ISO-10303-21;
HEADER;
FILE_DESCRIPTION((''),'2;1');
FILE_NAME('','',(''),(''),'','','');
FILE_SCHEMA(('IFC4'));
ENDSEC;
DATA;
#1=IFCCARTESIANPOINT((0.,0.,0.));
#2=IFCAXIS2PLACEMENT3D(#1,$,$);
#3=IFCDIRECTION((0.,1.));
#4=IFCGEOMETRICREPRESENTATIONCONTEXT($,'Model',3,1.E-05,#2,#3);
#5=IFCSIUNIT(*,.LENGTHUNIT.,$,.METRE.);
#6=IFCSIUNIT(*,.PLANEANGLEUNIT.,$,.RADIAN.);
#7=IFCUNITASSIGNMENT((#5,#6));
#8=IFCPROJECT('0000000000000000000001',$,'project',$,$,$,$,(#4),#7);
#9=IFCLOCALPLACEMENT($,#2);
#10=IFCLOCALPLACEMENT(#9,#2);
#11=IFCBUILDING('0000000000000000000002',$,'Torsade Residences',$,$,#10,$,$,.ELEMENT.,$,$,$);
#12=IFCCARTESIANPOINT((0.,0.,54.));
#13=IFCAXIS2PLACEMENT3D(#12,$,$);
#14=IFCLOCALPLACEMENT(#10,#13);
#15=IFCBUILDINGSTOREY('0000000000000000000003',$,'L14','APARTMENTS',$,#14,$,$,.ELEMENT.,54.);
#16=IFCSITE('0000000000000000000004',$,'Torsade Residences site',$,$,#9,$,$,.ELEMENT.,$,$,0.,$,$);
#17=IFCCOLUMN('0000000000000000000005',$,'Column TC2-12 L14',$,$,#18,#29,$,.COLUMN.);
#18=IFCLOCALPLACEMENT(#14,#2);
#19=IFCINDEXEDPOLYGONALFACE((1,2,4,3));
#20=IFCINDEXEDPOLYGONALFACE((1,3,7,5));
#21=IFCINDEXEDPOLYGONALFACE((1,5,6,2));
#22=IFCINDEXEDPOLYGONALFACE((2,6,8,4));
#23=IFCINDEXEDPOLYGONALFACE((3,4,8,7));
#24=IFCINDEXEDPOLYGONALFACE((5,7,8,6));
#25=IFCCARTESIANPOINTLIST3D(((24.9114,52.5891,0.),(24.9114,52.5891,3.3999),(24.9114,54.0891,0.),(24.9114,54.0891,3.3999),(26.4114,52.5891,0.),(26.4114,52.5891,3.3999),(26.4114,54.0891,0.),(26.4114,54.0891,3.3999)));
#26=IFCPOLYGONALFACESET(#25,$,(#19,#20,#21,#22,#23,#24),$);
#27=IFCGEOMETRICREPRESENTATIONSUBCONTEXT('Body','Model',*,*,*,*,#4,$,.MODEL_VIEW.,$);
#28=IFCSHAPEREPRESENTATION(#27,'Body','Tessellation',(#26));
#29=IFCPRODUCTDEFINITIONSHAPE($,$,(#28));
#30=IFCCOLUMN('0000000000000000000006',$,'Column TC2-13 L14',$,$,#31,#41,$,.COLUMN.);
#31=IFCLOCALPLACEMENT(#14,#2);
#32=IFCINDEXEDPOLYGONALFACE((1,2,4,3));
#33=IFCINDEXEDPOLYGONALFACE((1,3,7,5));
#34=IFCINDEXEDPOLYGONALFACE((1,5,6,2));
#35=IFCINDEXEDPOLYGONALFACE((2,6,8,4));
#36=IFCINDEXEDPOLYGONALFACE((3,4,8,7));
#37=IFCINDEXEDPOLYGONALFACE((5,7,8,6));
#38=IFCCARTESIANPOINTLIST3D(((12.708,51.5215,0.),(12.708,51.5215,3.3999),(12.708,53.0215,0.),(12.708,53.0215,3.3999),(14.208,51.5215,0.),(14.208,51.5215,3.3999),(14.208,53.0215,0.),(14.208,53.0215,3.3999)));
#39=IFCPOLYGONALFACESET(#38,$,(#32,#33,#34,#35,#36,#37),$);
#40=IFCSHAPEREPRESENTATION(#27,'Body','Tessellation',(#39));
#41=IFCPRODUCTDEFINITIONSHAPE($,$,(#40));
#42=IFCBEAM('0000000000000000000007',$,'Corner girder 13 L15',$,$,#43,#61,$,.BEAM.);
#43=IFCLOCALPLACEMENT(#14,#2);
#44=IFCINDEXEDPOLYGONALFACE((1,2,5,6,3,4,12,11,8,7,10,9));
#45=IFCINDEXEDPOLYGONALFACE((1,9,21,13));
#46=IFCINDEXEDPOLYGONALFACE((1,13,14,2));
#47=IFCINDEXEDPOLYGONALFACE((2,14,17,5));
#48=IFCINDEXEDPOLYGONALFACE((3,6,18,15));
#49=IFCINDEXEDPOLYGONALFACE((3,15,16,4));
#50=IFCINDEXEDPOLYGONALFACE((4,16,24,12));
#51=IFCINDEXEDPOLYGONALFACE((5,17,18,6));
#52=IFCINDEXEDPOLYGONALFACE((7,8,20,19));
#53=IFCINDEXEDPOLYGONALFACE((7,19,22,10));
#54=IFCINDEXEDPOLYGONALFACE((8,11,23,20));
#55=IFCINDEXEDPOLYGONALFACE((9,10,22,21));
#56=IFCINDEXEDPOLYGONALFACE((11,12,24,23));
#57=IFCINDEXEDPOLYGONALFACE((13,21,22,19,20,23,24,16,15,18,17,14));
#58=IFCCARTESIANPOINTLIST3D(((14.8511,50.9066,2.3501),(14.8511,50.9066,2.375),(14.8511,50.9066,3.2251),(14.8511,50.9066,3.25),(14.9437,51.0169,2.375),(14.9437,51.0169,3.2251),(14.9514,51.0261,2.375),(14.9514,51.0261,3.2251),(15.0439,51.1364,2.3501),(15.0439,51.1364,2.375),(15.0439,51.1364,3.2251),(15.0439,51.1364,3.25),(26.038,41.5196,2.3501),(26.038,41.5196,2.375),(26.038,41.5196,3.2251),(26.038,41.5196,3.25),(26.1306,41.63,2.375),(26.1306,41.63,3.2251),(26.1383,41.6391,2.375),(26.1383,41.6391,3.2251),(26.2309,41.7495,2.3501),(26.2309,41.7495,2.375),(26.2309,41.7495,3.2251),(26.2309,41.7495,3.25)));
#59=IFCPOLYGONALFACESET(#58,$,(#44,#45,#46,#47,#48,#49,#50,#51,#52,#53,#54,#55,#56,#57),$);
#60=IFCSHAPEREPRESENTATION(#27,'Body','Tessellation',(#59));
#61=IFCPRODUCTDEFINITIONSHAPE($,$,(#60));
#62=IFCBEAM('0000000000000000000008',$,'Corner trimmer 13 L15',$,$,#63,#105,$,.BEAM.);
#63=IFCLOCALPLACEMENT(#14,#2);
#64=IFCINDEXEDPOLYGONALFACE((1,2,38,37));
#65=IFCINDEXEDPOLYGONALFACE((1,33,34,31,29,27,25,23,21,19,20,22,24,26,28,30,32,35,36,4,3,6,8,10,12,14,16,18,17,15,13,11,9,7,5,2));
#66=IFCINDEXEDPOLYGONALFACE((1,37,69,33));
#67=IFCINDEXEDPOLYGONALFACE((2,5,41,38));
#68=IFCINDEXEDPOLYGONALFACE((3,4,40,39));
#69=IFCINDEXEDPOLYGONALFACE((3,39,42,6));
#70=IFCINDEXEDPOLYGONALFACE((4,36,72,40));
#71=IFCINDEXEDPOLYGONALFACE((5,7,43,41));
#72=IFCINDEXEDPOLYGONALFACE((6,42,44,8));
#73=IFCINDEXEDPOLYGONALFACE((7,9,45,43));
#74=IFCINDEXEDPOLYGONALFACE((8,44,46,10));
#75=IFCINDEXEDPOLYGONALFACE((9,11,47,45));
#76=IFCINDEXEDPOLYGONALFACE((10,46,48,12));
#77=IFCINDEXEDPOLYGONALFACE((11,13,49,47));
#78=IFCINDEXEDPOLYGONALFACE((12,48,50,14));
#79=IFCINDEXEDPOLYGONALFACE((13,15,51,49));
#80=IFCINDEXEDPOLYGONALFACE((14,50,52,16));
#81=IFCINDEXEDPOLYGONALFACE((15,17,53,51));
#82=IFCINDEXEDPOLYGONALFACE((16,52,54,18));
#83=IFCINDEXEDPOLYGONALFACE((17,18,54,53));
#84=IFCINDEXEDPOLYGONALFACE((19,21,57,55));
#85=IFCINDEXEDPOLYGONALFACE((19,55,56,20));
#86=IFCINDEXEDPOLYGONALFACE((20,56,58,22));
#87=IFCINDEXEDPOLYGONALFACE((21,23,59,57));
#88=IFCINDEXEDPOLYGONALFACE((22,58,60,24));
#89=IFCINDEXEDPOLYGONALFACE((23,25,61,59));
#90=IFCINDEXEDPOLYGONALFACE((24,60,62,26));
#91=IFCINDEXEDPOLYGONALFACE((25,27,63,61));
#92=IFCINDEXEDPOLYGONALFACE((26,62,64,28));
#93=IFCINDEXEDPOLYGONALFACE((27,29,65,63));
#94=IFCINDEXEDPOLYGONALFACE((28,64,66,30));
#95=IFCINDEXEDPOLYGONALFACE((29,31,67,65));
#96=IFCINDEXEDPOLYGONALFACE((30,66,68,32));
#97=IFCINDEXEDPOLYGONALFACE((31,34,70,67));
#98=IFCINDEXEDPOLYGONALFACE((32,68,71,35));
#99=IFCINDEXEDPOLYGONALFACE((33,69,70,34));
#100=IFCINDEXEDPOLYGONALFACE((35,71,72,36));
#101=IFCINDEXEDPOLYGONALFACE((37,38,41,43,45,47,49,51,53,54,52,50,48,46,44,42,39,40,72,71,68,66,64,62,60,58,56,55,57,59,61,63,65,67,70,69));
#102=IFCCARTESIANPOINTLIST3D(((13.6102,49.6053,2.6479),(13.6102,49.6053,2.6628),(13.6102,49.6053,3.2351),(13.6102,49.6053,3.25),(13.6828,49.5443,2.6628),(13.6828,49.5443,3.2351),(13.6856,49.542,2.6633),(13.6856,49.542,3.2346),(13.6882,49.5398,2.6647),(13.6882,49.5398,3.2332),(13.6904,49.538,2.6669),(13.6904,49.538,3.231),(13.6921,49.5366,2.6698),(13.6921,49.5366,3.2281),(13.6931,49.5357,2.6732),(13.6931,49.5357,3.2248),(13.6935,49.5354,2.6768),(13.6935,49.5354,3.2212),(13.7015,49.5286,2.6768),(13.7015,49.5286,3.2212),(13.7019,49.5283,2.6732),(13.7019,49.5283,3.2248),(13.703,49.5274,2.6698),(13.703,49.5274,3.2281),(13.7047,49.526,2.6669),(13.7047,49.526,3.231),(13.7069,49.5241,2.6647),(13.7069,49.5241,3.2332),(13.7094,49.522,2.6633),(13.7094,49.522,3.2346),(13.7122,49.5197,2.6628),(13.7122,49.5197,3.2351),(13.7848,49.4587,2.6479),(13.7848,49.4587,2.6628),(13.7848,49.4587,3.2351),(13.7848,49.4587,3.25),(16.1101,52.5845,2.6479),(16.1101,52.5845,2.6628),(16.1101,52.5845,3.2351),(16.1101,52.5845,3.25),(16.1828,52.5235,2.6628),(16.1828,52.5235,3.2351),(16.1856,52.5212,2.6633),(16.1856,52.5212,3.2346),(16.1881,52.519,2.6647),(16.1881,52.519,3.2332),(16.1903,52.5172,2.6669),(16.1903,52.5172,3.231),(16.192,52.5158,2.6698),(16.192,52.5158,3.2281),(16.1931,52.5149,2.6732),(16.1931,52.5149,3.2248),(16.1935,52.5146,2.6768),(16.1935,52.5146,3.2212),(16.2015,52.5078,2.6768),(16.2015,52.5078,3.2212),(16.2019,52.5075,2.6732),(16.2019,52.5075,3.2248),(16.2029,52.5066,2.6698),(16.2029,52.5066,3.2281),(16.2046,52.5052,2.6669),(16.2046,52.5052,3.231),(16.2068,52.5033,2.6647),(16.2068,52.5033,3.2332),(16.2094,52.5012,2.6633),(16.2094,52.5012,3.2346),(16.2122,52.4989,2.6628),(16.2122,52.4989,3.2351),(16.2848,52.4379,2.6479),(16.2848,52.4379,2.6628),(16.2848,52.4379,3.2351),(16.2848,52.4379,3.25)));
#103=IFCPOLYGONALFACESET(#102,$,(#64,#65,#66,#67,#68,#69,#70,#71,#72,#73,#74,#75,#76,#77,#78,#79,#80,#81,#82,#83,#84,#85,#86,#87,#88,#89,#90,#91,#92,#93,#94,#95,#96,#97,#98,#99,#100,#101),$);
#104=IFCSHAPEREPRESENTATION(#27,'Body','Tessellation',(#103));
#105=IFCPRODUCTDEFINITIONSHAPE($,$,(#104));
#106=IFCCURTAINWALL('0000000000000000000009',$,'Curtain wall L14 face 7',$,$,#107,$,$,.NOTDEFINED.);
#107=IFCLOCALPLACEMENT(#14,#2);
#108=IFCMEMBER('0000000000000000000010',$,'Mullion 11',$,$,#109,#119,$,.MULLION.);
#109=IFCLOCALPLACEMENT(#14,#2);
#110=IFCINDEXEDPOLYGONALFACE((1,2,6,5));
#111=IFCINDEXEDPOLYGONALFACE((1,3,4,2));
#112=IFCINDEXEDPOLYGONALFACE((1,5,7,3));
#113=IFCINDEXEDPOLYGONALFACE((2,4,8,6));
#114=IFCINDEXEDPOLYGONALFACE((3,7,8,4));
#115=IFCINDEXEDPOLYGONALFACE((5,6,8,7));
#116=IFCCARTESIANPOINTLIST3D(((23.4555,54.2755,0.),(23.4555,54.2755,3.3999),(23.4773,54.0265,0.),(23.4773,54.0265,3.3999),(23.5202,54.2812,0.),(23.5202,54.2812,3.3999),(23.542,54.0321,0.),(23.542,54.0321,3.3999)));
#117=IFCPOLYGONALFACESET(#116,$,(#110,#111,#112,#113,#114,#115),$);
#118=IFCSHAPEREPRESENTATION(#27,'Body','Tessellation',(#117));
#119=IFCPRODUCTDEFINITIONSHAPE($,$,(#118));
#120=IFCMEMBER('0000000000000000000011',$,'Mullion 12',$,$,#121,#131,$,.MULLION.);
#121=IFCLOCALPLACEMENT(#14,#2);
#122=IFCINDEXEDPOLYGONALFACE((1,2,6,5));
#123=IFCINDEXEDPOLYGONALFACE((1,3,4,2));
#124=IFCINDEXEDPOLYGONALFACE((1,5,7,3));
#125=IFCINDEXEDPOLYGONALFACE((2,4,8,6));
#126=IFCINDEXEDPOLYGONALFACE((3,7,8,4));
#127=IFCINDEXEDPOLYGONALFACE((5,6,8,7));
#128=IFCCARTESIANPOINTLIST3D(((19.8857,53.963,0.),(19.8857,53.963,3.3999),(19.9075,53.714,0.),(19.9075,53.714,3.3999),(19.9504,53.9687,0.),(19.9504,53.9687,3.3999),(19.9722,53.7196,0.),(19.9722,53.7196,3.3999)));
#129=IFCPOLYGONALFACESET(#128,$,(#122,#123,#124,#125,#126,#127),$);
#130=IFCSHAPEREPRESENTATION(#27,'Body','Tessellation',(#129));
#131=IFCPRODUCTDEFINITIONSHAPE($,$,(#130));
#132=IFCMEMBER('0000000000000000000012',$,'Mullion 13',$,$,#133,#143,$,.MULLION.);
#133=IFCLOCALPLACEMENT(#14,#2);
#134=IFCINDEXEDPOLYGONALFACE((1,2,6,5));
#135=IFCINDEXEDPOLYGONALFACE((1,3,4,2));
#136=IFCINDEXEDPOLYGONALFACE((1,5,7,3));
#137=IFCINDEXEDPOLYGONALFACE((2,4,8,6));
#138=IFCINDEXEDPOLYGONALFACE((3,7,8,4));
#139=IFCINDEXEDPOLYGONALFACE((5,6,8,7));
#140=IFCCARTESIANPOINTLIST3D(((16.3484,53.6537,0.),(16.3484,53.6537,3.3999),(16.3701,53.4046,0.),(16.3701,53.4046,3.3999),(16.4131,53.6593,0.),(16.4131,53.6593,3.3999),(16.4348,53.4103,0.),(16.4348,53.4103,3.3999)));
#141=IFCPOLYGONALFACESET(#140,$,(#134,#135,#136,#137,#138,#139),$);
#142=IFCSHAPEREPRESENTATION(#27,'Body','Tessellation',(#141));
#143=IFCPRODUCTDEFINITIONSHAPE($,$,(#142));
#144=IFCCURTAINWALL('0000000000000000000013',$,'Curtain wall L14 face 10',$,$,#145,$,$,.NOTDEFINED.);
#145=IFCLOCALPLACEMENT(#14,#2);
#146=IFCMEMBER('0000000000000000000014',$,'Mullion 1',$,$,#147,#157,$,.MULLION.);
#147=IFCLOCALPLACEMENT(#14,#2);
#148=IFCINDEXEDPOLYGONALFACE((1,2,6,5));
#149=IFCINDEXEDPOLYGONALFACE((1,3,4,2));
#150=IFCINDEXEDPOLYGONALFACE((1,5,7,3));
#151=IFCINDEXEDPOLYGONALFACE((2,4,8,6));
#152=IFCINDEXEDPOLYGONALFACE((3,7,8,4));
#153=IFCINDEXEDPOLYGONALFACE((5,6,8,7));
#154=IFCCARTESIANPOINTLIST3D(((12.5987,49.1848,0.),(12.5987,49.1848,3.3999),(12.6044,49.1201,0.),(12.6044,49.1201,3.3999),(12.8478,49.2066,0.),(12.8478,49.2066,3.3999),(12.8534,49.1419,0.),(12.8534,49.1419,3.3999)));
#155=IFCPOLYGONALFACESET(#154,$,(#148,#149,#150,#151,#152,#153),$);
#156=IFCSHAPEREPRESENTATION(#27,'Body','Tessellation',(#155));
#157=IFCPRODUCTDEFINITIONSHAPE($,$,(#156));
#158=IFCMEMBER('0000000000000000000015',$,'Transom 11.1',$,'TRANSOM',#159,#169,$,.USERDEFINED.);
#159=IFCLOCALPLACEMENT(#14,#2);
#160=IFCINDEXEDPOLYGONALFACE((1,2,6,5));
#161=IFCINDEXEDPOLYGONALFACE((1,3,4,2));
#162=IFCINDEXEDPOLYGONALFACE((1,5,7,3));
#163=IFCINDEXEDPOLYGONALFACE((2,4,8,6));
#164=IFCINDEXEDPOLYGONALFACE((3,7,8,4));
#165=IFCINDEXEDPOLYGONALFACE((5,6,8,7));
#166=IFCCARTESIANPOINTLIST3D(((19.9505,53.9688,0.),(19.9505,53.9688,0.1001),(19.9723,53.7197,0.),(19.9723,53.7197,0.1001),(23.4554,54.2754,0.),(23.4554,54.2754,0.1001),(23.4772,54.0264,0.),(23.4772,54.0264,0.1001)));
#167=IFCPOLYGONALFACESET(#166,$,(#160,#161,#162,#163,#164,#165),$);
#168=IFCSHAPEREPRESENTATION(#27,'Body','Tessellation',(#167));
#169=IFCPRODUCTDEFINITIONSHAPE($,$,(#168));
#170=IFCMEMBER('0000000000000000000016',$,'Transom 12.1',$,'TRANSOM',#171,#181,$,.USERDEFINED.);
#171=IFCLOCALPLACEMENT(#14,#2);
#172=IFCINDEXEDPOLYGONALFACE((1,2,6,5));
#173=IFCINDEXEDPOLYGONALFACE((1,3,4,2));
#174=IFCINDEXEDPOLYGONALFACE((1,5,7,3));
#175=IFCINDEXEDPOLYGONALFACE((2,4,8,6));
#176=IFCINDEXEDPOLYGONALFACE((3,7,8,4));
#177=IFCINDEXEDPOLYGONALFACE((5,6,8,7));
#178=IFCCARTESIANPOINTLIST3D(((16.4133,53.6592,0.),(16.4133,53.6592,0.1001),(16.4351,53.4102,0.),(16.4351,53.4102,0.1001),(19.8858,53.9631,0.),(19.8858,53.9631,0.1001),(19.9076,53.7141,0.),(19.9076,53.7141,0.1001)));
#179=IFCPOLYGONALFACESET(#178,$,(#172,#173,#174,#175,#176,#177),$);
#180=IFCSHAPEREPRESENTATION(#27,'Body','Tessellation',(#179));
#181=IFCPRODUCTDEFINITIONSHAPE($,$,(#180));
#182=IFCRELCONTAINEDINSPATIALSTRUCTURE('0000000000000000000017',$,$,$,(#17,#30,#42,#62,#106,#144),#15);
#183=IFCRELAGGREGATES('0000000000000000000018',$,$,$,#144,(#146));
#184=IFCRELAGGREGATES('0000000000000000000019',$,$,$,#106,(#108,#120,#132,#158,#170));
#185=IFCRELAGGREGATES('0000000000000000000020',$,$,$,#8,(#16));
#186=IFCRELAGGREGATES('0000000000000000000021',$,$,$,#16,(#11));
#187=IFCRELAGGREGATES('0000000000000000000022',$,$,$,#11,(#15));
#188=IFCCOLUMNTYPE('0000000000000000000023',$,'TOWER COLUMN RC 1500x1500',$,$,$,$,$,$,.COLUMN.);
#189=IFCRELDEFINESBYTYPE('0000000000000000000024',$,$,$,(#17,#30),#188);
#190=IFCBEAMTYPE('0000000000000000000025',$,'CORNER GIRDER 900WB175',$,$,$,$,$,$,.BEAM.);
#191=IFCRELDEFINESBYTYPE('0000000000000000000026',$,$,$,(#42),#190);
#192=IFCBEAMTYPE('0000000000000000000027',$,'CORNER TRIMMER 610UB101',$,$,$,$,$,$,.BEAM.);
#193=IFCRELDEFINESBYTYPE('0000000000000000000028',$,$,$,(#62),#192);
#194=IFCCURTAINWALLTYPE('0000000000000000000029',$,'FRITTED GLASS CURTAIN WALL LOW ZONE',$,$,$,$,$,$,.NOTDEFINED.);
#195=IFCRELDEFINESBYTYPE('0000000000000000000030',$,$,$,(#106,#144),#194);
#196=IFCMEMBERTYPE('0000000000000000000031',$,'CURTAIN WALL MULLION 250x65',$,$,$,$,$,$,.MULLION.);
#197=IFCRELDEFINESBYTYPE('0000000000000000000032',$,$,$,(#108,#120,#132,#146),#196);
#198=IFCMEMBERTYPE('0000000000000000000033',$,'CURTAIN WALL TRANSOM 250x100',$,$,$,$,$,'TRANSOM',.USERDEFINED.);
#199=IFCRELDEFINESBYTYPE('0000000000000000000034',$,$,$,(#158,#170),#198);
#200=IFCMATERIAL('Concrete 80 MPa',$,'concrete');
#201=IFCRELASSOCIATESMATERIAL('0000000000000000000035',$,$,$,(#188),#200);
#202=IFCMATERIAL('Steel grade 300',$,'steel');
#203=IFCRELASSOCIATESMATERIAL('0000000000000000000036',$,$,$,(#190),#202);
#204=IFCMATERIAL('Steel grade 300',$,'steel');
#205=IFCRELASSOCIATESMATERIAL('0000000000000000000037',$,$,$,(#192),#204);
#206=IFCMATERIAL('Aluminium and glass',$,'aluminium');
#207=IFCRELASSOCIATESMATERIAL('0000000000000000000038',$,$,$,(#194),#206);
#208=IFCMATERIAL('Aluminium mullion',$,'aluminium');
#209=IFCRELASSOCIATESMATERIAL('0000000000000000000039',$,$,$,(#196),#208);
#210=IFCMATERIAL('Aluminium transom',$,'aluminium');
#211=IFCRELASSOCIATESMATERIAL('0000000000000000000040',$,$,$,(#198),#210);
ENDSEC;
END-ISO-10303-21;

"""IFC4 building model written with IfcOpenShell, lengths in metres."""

from ifc_helpers import new_model, si_unit, direction, frame, origin, origin_2d, place, context, subcontext, project, spatial, rectangle, i_section, extrude, material, material_profile, profile_set, type_object, element, aggregate, save


model = new_model("IFC4")

# Units and contexts
model_context = context("Model", 3, precision=1e-05, world=origin(), true_north=direction((0.0, 1.0)))
body_context = subcontext(model_context, "Body", "Model", "MODEL_VIEW")
ifc_project = project(units=[si_unit("LENGTHUNIT", "METRE"), si_unit("PLANEANGLEUNIT", "RADIAN")], contexts=[model_context])

# Site, building, storey
site_placement = place(None, origin())
site = spatial("IfcSite", under=ifc_project, at=site_placement, Name="Torsade Residences site", CompositionType="ELEMENT", RefElevation=0.0)
building_placement = place(site_placement, origin())
building = spatial("IfcBuilding", under=site, at=building_placement, Name="Torsade Residences", CompositionType="ELEMENT")
storey_placement = place(building_placement, frame((0.0, 0.0, 54.0)))
storey = spatial("IfcBuildingStorey", under=building, at=storey_placement, Name="L14", Description="APARTMENTS", CompositionType="ELEMENT", Elevation=54.0)

# Columns
ifc_material_1 = material(Name="Concrete 80 MPa", Category="concrete")
ifc_material_profile_1 = material_profile(ifc_material_1, rectangle(XDim=1.5, YDim=1.5, at=origin_2d()), Name="RC 1500x1500")
ifc_profile_set_1 = profile_set([ifc_material_profile_1], Name="Concrete 80 MPa")
column_type = type_object("IfcColumnType", Name="TOWER COLUMN RC 1500x1500", PredefinedType="COLUMN", material=ifc_profile_set_1)
for number, where, z_axis, x_axis, name in (
    (1, (25.6614, 53.3391, 0.0), (0.0, 0.0, 1.0), (1.0, 0.0, 0.0), "Column TC2-12 L14"),
    (2, (13.458, 52.2715, 0.0), (0.0, 0.0, 1.0), (1.0, 0.0, 0.0), "Column TC2-13 L14"),
):
    element("IfcColumn", number, at=place(storey_placement, frame(where, z_axis=z_axis, x_axis=x_axis)), inside=storey, type_object=column_type, Name=name, PredefinedType="COLUMN", context=body_context, shape_type="SweptSolid", body=[
        extrude(rectangle(XDim=1.5, YDim=1.5, at=origin_2d()), origin(), (0.0, 0.0, 1.0), 3.3999),
    ])

# Beams
ifc_material_2 = material(Name="Steel grade 300", Category="steel")
ifc_material_profile_2 = material_profile(ifc_material_2, i_section(OverallWidth=0.3, OverallDepth=0.8999, WebThickness=0.012, FlangeThickness=0.0249, at=origin_2d()), Name="900WB175")
ifc_profile_set_2 = profile_set([ifc_material_profile_2], Name="Steel grade 300")
beam_type_1 = type_object("IfcBeamType", Name="CORNER GIRDER 900WB175", PredefinedType="BEAM", material=ifc_profile_set_2)
beam_1_placement = place(storey_placement, frame((14.9475, 51.0215, 2.8), z_axis=(0.766046, -0.642785, 0.0), x_axis=(0.642785, 0.766046, 0.0)))
element("IfcBeam", 3, at=beam_1_placement, inside=storey, type_object=beam_type_1, Name="Corner girder 13 L15", PredefinedType="BEAM", context=body_context, shape_type="SweptSolid", body=[
    extrude(i_section(OverallWidth=0.3, OverallDepth=0.8999, WebThickness=0.012, FlangeThickness=0.0249, at=origin_2d()), origin(), (0.0, 0.0, 1.0), 14.6035),
])
ifc_material_3 = material(Name="Steel grade 300", Category="steel")
ifc_material_profile_3 = material_profile(ifc_material_3, i_section(OverallWidth=0.228, OverallDepth=0.6021, WebThickness=0.0105, FlangeThickness=0.0149, FilletRadius=0.0139, at=origin_2d()), Name="610UB101")
ifc_profile_set_3 = profile_set([ifc_material_profile_3], Name="Steel grade 300")
beam_type_2 = type_object("IfcBeamType", Name="CORNER TRIMMER 610UB101", PredefinedType="BEAM", material=ifc_profile_set_3)
beam_2_placement = place(storey_placement, frame((13.6975, 49.532, 2.949), z_axis=(0.642805, 0.76603, 0.0), x_axis=(-0.76603, 0.642805, 0.0)))
element("IfcBeam", 4, at=beam_2_placement, inside=storey, type_object=beam_type_2, Name="Corner trimmer 13 L15", PredefinedType="BEAM", context=body_context, shape_type="SweptSolid", body=[
    extrude(i_section(OverallWidth=0.228, OverallDepth=0.6021, WebThickness=0.0105, FlangeThickness=0.0149, FilletRadius=0.0139, at=origin_2d()), origin(), (0.0, 0.0, 1.0), 3.8892),
])

# Curtain wall, members
ifc_material_4 = material(Name="Aluminium and glass", Category="aluminium")
curtain_wall_type = type_object("IfcCurtainWallType", Name="FRITTED GLASS CURTAIN WALL LOW ZONE", PredefinedType="NOTDEFINED", material=ifc_material_4)
curtain_wall_1_placement = place(storey_placement, origin())
curtain_wall_1 = element("IfcCurtainWall", 5, at=curtain_wall_1_placement, inside=storey, type_object=curtain_wall_type, Name="Curtain wall L14 face 7", PredefinedType="NOTDEFINED")
ifc_material_5 = material(Name="Aluminium mullion", Category="aluminium")
ifc_material_profile_4 = material_profile(ifc_material_5, rectangle(XDim=0.25, YDim=0.0649, at=origin_2d()), Name="CURTAIN WALL MULLION 250x65")
ifc_profile_set_4 = profile_set([ifc_material_profile_4], Name="Aluminium mullion")
member_type_1 = type_object("IfcMemberType", Name="CURTAIN WALL MULLION 250x65", PredefinedType="MULLION", material=ifc_profile_set_4)
member_1_placement = place(storey_placement, frame((23.4988, 54.1538, 0.0), z_axis=(0.0, 0.0, 1.0), x_axis=(0.087156, -0.996195, 0.0)))
member_1 = element("IfcMember", 6, at=member_1_placement, type_object=member_type_1, Name="Mullion 11", PredefinedType="MULLION", context=body_context, shape_type="SweptSolid", body=[
    extrude(rectangle(XDim=0.25, YDim=0.0649, at=origin_2d()), origin(), (0.0, 0.0, 1.0), 3.3999),
])
member_2_placement = place(storey_placement, frame((19.929, 53.8413, 0.0), z_axis=(0.0, 0.0, 1.0), x_axis=(0.087156, -0.996195, 0.0)))
member_2 = element("IfcMember", 7, at=member_2_placement, type_object=member_type_1, Name="Mullion 12", PredefinedType="MULLION", context=body_context, shape_type="SweptSolid", body=[
    extrude(rectangle(XDim=0.25, YDim=0.0649, at=origin_2d()), origin(), (0.0, 0.0, 1.0), 3.3999),
])
member_3_placement = place(storey_placement, frame((16.3916, 53.532, 0.0), z_axis=(0.0, 0.0, 1.0), x_axis=(0.087156, -0.996195, 0.0)))
member_3 = element("IfcMember", 8, at=member_3_placement, type_object=member_type_1, Name="Mullion 13", PredefinedType="MULLION", context=body_context, shape_type="SweptSolid", body=[
    extrude(rectangle(XDim=0.25, YDim=0.0649, at=origin_2d()), origin(), (0.0, 0.0, 1.0), 3.3999),
])

# Curtain wall, member
curtain_wall_2_placement = place(storey_placement, origin())
curtain_wall_2 = element("IfcCurtainWall", 9, at=curtain_wall_2_placement, inside=storey, type_object=curtain_wall_type, Name="Curtain wall L14 face 10", PredefinedType="NOTDEFINED")
member_4_placement = place(storey_placement, frame((12.7261, 49.1633, 0.0), z_axis=(0.0, 0.0, 1.0), x_axis=(0.996195, 0.087156, 0.0)))
member_4 = element("IfcMember", 10, at=member_4_placement, type_object=member_type_1, Name="Mullion 1", PredefinedType="MULLION", context=body_context, shape_type="SweptSolid", body=[
    extrude(rectangle(XDim=0.25, YDim=0.0649, at=origin_2d()), origin(), (0.0, 0.0, 1.0), 3.3999),
])

# Members
ifc_material_6 = material(Name="Aluminium transom", Category="aluminium")
ifc_material_profile_5 = material_profile(ifc_material_6, rectangle(XDim=0.25, YDim=0.1001, at=origin_2d()), Name="CURTAIN WALL TRANSOM 250x100")
ifc_profile_set_5 = profile_set([ifc_material_profile_5], Name="Aluminium transom")
member_type_2 = type_object("IfcMemberType", Name="CURTAIN WALL TRANSOM 250x100", ElementType="TRANSOM", PredefinedType="USERDEFINED", material=ifc_profile_set_5)
member_5_placement = place(storey_placement, frame((23.4663, 54.1509, 0.05), z_axis=(-0.996195, -0.087157, 0.0), x_axis=(0.087157, -0.996195, 0.0)))
member_5 = element("IfcMember", 11, at=member_5_placement, type_object=member_type_2, Name="Transom 11.1", ObjectType="TRANSOM", PredefinedType="USERDEFINED", context=body_context, shape_type="SweptSolid", body=[
    extrude(rectangle(XDim=0.25, YDim=0.1001, at=origin_2d()), origin(), (0.0, 0.0, 1.0), 3.5183),
])
member_6_placement = place(storey_placement, frame((19.8967, 53.8386, 0.05), z_axis=(-0.996191, -0.087195, 0.0), x_axis=(0.087195, -0.996191, 0.0)))
member_6 = element("IfcMember", 12, at=member_6_placement, type_object=member_type_2, Name="Transom 12.1", ObjectType="TRANSOM", PredefinedType="USERDEFINED", context=body_context, shape_type="SweptSolid", body=[
    extrude(rectangle(XDim=0.25, YDim=0.1001, at=origin_2d()), origin(), (0.0, 0.0, 1.0), 3.4858),
])

aggregate(curtain_wall_2, [member_4])
aggregate(curtain_wall_1, [member_1, member_2, member_3, member_5, member_6])

save(model, "model.ifc")
